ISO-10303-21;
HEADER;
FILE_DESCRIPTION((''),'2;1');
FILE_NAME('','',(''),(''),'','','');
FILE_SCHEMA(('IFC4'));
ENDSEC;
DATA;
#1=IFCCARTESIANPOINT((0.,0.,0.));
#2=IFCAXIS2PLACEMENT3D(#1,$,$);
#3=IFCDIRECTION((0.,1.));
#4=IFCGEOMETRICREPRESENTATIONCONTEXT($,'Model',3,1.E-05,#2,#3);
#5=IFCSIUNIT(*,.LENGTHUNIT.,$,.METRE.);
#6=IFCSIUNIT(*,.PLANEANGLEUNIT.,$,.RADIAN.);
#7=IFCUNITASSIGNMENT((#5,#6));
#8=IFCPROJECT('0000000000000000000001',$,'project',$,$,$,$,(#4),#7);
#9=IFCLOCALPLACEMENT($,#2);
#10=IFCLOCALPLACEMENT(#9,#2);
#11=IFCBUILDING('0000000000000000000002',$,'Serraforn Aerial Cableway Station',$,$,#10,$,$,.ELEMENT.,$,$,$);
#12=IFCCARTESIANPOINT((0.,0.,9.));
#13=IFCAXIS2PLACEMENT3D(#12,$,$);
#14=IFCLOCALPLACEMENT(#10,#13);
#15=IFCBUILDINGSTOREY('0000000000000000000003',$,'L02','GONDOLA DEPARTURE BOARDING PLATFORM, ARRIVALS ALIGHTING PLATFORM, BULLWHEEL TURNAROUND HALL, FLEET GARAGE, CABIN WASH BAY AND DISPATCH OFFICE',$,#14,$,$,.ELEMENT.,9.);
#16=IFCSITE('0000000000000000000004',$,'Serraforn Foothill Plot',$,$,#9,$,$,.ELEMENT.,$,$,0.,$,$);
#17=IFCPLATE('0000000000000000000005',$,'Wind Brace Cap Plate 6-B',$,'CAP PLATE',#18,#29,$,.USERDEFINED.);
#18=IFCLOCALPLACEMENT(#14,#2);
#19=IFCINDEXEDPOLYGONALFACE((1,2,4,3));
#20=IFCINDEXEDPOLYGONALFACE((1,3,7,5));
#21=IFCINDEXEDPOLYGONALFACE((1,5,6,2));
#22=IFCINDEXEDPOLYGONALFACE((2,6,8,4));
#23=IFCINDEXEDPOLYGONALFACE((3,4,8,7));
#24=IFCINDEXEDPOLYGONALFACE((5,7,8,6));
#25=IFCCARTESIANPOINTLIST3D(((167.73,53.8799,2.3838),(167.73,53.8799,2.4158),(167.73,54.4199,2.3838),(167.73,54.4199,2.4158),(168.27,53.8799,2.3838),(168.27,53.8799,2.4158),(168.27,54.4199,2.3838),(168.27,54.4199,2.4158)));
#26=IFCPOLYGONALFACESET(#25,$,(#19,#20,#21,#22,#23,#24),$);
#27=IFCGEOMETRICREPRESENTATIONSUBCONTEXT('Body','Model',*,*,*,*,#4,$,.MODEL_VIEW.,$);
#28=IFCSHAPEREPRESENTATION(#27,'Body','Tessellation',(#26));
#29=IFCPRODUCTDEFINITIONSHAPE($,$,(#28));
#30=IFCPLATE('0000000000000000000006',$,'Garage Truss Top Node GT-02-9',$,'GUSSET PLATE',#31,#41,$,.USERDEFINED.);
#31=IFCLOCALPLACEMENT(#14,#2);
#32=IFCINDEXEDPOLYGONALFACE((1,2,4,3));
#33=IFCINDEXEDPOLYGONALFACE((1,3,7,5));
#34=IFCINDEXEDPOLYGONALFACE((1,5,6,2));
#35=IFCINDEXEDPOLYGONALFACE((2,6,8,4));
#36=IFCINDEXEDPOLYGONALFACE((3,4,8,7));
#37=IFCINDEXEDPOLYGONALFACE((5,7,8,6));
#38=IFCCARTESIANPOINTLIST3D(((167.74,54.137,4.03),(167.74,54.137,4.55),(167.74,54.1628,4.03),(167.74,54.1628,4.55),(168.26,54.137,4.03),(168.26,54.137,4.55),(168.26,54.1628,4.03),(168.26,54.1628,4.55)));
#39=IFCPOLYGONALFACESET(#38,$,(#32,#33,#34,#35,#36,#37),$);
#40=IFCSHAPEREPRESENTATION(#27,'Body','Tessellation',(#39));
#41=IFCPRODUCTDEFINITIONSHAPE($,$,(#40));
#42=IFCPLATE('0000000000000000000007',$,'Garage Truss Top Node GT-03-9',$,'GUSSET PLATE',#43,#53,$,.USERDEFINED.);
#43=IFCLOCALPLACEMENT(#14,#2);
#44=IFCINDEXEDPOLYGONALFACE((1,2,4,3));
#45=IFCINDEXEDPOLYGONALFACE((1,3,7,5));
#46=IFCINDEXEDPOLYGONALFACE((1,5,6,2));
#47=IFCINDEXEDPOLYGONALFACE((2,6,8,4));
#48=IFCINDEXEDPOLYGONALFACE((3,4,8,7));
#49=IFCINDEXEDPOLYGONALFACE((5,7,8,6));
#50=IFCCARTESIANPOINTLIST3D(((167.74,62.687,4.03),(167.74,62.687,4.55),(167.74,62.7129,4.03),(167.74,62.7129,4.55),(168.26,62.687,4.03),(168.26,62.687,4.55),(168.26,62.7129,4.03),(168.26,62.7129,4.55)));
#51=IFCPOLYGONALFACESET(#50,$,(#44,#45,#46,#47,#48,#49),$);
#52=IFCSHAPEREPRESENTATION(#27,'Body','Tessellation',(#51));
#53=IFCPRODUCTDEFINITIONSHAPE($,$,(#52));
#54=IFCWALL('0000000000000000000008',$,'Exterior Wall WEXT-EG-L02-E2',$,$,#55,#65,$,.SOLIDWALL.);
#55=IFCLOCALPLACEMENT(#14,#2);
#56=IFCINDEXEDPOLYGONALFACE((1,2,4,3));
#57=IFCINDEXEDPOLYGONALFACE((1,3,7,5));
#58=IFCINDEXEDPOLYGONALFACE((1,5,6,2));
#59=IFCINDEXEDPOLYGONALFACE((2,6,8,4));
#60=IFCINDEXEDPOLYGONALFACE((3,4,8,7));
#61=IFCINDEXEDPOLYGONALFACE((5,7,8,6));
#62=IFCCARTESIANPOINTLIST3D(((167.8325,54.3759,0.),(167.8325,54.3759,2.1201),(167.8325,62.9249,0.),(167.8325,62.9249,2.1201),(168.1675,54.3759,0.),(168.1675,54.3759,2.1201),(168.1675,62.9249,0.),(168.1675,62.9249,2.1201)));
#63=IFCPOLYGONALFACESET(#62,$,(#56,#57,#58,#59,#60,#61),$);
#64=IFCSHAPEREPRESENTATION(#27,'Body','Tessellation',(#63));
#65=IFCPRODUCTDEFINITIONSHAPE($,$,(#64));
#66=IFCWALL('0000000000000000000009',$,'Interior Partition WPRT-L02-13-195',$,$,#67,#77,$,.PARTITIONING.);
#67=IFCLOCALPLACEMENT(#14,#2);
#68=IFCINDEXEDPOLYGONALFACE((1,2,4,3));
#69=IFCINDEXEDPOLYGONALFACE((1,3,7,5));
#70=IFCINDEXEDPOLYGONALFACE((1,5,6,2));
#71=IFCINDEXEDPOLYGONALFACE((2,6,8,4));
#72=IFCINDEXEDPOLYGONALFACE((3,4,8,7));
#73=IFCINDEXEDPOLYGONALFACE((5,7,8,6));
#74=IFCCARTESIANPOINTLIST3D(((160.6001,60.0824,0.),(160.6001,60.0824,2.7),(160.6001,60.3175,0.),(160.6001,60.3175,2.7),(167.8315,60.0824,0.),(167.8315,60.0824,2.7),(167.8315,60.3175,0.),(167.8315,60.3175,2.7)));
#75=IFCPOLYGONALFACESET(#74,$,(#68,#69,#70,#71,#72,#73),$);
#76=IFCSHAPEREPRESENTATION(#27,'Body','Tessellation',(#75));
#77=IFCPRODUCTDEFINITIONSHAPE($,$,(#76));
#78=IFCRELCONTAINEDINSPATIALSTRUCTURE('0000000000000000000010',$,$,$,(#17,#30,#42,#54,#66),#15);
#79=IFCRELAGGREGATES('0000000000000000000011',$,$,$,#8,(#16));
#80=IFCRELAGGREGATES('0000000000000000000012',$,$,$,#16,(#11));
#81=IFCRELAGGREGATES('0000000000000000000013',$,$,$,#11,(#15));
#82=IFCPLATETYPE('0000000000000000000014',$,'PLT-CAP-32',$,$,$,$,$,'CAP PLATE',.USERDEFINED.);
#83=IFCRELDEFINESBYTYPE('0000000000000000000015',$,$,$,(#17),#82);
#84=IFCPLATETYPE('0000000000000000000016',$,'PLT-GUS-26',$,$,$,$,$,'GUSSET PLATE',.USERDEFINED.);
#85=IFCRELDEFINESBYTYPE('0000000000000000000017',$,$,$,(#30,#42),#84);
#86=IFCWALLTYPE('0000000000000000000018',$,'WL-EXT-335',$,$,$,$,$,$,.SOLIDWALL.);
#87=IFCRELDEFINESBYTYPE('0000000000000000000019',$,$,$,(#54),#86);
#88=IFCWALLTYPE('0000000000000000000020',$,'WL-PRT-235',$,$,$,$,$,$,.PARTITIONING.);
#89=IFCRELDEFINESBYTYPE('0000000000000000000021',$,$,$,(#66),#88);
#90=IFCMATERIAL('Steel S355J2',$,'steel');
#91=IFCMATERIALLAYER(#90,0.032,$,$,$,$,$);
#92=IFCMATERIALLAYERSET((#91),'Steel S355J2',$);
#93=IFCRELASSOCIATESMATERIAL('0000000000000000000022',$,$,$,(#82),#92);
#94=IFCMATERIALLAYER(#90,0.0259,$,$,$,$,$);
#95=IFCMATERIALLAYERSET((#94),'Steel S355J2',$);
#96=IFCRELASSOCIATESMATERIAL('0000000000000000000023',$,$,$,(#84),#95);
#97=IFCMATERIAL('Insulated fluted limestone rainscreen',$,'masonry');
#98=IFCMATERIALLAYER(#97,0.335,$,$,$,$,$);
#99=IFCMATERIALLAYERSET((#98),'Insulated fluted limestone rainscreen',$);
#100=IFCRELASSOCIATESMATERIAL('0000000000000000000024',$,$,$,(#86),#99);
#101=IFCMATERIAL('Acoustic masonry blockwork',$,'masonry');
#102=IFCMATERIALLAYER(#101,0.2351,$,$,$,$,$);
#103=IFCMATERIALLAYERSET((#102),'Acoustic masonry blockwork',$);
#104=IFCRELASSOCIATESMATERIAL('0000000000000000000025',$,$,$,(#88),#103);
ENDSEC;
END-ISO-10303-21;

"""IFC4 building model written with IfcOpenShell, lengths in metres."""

from ifc_helpers import new_model, si_unit, direction, frame, frame_2d, origin, origin_2d, place, context, subcontext, project, spatial, rectangle, extrude, material, layer, layer_set, type_object, element, save


model = new_model("IFC4")

# Units and contexts
model_context = context("Model", 3, precision=1e-05, world=origin(), true_north=direction((0.0, 1.0)))
body_context = subcontext(model_context, "Body", "Model", "MODEL_VIEW")
ifc_project = project(units=[si_unit("LENGTHUNIT", "METRE"), si_unit("PLANEANGLEUNIT", "RADIAN")], contexts=[model_context])

# Site, building, storey
site_placement = place(None, origin())
site = spatial("IfcSite", under=ifc_project, at=site_placement, Name="Serraforn Foothill Plot", CompositionType="ELEMENT", RefElevation=0.0)
building_placement = place(site_placement, origin())
building = spatial("IfcBuilding", under=site, at=building_placement, Name="Serraforn Aerial Cableway Station", CompositionType="ELEMENT")
storey_placement = place(building_placement, frame((0.0, 0.0, 9.0)))
storey = spatial("IfcBuildingStorey", under=building, at=storey_placement, Name="L02", Description="GONDOLA DEPARTURE BOARDING PLATFORM, ARRIVALS ALIGHTING PLATFORM, BULLWHEEL TURNAROUND HALL, FLEET GARAGE, CABIN WASH BAY AND DISPATCH OFFICE", CompositionType="ELEMENT", Elevation=9.0)

# Shared definitions
ifc_material_1 = material(Name="Steel S355J2", Category="steel")

# Plates
ifc_layer_1 = layer(ifc_material_1, 0.032)
ifc_layer_set_1 = layer_set([ifc_layer_1], Name="Steel S355J2")
plate_type_1 = type_object("IfcPlateType", Name="PLT-CAP-32", ElementType="CAP PLATE", PredefinedType="USERDEFINED", material=ifc_layer_set_1)
plate_1_placement = place(storey_placement, frame((168.0, 54.1499, 2.3838), z_axis=(0.0, 0.0, 1.0), x_axis=(1.0, 0.0, 0.0)))
element("IfcPlate", 1, at=plate_1_placement, inside=storey, type_object=plate_type_1, Name="Wind Brace Cap Plate 6-B", ObjectType="CAP PLATE", PredefinedType="USERDEFINED", context=body_context, shape_type="SweptSolid", body=[
    extrude(rectangle(XDim=0.54, YDim=0.54, at=origin_2d()), origin(), (0.0, 0.0, 1.0), 0.032),
])
ifc_layer_2 = layer(ifc_material_1, 0.0259)
ifc_layer_set_2 = layer_set([ifc_layer_2], Name="Steel S355J2")
plate_type_2 = type_object("IfcPlateType", Name="PLT-GUS-26", ElementType="GUSSET PLATE", PredefinedType="USERDEFINED", material=ifc_layer_set_2)
for number, where, z_axis, x_axis, name in (
    (2, (168.0, 54.1499, 4.03), (0.0, 0.0, 1.0), (1.0, 0.0, 0.0), "Garage Truss Top Node GT-02-9"),
    (3, (168.0, 62.7, 4.03), (0.0, 0.0, 1.0), (1.0, 0.0, 0.0), "Garage Truss Top Node GT-03-9"),
):
    element("IfcPlate", number, at=place(storey_placement, frame(where, z_axis=z_axis, x_axis=x_axis)), inside=storey, type_object=plate_type_2, Name=name, ObjectType="GUSSET PLATE", PredefinedType="USERDEFINED", context=body_context, shape_type="SweptSolid", body=[
        extrude(rectangle(XDim=0.52, YDim=0.0259, at=origin_2d()), origin(), (0.0, 0.0, 1.0), 0.52),
    ])

# Walls
ifc_material_2 = material(Name="Insulated fluted limestone rainscreen", Category="masonry")
ifc_layer_3 = layer(ifc_material_2, 0.335)
ifc_layer_set_3 = layer_set([ifc_layer_3], Name="Insulated fluted limestone rainscreen")
wall_type_1 = type_object("IfcWallType", Name="WL-EXT-335", PredefinedType="SOLIDWALL", material=ifc_layer_set_3)
wall_1_placement = place(storey_placement, frame((168.0, 54.376, 0.0), z_axis=(0.0, 0.0, 1.0), x_axis=(0.0, 1.0, 0.0)))
element("IfcWall", 4, at=wall_1_placement, inside=storey, type_object=wall_type_1, Name="Exterior Wall WEXT-EG-L02-E2", PredefinedType="SOLIDWALL", context=body_context, shape_type="SweptSolid", body=[
    extrude(rectangle(XDim=8.5491, YDim=0.335, at=frame_2d((4.2744, 0.0))), origin(), (0.0, 0.0, 1.0), 2.1201),
])
ifc_material_3 = material(Name="Acoustic masonry blockwork", Category="masonry")
ifc_layer_4 = layer(ifc_material_3, 0.2351)
ifc_layer_set_4 = layer_set([ifc_layer_4], Name="Acoustic masonry blockwork")
wall_type_2 = type_object("IfcWallType", Name="WL-PRT-235", PredefinedType="PARTITIONING", material=ifc_layer_set_4)
wall_2_placement = place(storey_placement, frame((167.8315, 60.2, 0.0), z_axis=(0.0, 0.0, 1.0), x_axis=(-1.0, 0.0, 0.0)))
element("IfcWall", 5, at=wall_2_placement, inside=storey, type_object=wall_type_2, Name="Interior Partition WPRT-L02-13-195", PredefinedType="PARTITIONING", context=body_context, shape_type="SweptSolid", body=[
    extrude(rectangle(XDim=7.2314, YDim=0.2351, at=frame_2d((3.6157, 0.0))), origin(), (0.0, 0.0, 1.0), 2.7),
])

save(model, "model.ifc")
